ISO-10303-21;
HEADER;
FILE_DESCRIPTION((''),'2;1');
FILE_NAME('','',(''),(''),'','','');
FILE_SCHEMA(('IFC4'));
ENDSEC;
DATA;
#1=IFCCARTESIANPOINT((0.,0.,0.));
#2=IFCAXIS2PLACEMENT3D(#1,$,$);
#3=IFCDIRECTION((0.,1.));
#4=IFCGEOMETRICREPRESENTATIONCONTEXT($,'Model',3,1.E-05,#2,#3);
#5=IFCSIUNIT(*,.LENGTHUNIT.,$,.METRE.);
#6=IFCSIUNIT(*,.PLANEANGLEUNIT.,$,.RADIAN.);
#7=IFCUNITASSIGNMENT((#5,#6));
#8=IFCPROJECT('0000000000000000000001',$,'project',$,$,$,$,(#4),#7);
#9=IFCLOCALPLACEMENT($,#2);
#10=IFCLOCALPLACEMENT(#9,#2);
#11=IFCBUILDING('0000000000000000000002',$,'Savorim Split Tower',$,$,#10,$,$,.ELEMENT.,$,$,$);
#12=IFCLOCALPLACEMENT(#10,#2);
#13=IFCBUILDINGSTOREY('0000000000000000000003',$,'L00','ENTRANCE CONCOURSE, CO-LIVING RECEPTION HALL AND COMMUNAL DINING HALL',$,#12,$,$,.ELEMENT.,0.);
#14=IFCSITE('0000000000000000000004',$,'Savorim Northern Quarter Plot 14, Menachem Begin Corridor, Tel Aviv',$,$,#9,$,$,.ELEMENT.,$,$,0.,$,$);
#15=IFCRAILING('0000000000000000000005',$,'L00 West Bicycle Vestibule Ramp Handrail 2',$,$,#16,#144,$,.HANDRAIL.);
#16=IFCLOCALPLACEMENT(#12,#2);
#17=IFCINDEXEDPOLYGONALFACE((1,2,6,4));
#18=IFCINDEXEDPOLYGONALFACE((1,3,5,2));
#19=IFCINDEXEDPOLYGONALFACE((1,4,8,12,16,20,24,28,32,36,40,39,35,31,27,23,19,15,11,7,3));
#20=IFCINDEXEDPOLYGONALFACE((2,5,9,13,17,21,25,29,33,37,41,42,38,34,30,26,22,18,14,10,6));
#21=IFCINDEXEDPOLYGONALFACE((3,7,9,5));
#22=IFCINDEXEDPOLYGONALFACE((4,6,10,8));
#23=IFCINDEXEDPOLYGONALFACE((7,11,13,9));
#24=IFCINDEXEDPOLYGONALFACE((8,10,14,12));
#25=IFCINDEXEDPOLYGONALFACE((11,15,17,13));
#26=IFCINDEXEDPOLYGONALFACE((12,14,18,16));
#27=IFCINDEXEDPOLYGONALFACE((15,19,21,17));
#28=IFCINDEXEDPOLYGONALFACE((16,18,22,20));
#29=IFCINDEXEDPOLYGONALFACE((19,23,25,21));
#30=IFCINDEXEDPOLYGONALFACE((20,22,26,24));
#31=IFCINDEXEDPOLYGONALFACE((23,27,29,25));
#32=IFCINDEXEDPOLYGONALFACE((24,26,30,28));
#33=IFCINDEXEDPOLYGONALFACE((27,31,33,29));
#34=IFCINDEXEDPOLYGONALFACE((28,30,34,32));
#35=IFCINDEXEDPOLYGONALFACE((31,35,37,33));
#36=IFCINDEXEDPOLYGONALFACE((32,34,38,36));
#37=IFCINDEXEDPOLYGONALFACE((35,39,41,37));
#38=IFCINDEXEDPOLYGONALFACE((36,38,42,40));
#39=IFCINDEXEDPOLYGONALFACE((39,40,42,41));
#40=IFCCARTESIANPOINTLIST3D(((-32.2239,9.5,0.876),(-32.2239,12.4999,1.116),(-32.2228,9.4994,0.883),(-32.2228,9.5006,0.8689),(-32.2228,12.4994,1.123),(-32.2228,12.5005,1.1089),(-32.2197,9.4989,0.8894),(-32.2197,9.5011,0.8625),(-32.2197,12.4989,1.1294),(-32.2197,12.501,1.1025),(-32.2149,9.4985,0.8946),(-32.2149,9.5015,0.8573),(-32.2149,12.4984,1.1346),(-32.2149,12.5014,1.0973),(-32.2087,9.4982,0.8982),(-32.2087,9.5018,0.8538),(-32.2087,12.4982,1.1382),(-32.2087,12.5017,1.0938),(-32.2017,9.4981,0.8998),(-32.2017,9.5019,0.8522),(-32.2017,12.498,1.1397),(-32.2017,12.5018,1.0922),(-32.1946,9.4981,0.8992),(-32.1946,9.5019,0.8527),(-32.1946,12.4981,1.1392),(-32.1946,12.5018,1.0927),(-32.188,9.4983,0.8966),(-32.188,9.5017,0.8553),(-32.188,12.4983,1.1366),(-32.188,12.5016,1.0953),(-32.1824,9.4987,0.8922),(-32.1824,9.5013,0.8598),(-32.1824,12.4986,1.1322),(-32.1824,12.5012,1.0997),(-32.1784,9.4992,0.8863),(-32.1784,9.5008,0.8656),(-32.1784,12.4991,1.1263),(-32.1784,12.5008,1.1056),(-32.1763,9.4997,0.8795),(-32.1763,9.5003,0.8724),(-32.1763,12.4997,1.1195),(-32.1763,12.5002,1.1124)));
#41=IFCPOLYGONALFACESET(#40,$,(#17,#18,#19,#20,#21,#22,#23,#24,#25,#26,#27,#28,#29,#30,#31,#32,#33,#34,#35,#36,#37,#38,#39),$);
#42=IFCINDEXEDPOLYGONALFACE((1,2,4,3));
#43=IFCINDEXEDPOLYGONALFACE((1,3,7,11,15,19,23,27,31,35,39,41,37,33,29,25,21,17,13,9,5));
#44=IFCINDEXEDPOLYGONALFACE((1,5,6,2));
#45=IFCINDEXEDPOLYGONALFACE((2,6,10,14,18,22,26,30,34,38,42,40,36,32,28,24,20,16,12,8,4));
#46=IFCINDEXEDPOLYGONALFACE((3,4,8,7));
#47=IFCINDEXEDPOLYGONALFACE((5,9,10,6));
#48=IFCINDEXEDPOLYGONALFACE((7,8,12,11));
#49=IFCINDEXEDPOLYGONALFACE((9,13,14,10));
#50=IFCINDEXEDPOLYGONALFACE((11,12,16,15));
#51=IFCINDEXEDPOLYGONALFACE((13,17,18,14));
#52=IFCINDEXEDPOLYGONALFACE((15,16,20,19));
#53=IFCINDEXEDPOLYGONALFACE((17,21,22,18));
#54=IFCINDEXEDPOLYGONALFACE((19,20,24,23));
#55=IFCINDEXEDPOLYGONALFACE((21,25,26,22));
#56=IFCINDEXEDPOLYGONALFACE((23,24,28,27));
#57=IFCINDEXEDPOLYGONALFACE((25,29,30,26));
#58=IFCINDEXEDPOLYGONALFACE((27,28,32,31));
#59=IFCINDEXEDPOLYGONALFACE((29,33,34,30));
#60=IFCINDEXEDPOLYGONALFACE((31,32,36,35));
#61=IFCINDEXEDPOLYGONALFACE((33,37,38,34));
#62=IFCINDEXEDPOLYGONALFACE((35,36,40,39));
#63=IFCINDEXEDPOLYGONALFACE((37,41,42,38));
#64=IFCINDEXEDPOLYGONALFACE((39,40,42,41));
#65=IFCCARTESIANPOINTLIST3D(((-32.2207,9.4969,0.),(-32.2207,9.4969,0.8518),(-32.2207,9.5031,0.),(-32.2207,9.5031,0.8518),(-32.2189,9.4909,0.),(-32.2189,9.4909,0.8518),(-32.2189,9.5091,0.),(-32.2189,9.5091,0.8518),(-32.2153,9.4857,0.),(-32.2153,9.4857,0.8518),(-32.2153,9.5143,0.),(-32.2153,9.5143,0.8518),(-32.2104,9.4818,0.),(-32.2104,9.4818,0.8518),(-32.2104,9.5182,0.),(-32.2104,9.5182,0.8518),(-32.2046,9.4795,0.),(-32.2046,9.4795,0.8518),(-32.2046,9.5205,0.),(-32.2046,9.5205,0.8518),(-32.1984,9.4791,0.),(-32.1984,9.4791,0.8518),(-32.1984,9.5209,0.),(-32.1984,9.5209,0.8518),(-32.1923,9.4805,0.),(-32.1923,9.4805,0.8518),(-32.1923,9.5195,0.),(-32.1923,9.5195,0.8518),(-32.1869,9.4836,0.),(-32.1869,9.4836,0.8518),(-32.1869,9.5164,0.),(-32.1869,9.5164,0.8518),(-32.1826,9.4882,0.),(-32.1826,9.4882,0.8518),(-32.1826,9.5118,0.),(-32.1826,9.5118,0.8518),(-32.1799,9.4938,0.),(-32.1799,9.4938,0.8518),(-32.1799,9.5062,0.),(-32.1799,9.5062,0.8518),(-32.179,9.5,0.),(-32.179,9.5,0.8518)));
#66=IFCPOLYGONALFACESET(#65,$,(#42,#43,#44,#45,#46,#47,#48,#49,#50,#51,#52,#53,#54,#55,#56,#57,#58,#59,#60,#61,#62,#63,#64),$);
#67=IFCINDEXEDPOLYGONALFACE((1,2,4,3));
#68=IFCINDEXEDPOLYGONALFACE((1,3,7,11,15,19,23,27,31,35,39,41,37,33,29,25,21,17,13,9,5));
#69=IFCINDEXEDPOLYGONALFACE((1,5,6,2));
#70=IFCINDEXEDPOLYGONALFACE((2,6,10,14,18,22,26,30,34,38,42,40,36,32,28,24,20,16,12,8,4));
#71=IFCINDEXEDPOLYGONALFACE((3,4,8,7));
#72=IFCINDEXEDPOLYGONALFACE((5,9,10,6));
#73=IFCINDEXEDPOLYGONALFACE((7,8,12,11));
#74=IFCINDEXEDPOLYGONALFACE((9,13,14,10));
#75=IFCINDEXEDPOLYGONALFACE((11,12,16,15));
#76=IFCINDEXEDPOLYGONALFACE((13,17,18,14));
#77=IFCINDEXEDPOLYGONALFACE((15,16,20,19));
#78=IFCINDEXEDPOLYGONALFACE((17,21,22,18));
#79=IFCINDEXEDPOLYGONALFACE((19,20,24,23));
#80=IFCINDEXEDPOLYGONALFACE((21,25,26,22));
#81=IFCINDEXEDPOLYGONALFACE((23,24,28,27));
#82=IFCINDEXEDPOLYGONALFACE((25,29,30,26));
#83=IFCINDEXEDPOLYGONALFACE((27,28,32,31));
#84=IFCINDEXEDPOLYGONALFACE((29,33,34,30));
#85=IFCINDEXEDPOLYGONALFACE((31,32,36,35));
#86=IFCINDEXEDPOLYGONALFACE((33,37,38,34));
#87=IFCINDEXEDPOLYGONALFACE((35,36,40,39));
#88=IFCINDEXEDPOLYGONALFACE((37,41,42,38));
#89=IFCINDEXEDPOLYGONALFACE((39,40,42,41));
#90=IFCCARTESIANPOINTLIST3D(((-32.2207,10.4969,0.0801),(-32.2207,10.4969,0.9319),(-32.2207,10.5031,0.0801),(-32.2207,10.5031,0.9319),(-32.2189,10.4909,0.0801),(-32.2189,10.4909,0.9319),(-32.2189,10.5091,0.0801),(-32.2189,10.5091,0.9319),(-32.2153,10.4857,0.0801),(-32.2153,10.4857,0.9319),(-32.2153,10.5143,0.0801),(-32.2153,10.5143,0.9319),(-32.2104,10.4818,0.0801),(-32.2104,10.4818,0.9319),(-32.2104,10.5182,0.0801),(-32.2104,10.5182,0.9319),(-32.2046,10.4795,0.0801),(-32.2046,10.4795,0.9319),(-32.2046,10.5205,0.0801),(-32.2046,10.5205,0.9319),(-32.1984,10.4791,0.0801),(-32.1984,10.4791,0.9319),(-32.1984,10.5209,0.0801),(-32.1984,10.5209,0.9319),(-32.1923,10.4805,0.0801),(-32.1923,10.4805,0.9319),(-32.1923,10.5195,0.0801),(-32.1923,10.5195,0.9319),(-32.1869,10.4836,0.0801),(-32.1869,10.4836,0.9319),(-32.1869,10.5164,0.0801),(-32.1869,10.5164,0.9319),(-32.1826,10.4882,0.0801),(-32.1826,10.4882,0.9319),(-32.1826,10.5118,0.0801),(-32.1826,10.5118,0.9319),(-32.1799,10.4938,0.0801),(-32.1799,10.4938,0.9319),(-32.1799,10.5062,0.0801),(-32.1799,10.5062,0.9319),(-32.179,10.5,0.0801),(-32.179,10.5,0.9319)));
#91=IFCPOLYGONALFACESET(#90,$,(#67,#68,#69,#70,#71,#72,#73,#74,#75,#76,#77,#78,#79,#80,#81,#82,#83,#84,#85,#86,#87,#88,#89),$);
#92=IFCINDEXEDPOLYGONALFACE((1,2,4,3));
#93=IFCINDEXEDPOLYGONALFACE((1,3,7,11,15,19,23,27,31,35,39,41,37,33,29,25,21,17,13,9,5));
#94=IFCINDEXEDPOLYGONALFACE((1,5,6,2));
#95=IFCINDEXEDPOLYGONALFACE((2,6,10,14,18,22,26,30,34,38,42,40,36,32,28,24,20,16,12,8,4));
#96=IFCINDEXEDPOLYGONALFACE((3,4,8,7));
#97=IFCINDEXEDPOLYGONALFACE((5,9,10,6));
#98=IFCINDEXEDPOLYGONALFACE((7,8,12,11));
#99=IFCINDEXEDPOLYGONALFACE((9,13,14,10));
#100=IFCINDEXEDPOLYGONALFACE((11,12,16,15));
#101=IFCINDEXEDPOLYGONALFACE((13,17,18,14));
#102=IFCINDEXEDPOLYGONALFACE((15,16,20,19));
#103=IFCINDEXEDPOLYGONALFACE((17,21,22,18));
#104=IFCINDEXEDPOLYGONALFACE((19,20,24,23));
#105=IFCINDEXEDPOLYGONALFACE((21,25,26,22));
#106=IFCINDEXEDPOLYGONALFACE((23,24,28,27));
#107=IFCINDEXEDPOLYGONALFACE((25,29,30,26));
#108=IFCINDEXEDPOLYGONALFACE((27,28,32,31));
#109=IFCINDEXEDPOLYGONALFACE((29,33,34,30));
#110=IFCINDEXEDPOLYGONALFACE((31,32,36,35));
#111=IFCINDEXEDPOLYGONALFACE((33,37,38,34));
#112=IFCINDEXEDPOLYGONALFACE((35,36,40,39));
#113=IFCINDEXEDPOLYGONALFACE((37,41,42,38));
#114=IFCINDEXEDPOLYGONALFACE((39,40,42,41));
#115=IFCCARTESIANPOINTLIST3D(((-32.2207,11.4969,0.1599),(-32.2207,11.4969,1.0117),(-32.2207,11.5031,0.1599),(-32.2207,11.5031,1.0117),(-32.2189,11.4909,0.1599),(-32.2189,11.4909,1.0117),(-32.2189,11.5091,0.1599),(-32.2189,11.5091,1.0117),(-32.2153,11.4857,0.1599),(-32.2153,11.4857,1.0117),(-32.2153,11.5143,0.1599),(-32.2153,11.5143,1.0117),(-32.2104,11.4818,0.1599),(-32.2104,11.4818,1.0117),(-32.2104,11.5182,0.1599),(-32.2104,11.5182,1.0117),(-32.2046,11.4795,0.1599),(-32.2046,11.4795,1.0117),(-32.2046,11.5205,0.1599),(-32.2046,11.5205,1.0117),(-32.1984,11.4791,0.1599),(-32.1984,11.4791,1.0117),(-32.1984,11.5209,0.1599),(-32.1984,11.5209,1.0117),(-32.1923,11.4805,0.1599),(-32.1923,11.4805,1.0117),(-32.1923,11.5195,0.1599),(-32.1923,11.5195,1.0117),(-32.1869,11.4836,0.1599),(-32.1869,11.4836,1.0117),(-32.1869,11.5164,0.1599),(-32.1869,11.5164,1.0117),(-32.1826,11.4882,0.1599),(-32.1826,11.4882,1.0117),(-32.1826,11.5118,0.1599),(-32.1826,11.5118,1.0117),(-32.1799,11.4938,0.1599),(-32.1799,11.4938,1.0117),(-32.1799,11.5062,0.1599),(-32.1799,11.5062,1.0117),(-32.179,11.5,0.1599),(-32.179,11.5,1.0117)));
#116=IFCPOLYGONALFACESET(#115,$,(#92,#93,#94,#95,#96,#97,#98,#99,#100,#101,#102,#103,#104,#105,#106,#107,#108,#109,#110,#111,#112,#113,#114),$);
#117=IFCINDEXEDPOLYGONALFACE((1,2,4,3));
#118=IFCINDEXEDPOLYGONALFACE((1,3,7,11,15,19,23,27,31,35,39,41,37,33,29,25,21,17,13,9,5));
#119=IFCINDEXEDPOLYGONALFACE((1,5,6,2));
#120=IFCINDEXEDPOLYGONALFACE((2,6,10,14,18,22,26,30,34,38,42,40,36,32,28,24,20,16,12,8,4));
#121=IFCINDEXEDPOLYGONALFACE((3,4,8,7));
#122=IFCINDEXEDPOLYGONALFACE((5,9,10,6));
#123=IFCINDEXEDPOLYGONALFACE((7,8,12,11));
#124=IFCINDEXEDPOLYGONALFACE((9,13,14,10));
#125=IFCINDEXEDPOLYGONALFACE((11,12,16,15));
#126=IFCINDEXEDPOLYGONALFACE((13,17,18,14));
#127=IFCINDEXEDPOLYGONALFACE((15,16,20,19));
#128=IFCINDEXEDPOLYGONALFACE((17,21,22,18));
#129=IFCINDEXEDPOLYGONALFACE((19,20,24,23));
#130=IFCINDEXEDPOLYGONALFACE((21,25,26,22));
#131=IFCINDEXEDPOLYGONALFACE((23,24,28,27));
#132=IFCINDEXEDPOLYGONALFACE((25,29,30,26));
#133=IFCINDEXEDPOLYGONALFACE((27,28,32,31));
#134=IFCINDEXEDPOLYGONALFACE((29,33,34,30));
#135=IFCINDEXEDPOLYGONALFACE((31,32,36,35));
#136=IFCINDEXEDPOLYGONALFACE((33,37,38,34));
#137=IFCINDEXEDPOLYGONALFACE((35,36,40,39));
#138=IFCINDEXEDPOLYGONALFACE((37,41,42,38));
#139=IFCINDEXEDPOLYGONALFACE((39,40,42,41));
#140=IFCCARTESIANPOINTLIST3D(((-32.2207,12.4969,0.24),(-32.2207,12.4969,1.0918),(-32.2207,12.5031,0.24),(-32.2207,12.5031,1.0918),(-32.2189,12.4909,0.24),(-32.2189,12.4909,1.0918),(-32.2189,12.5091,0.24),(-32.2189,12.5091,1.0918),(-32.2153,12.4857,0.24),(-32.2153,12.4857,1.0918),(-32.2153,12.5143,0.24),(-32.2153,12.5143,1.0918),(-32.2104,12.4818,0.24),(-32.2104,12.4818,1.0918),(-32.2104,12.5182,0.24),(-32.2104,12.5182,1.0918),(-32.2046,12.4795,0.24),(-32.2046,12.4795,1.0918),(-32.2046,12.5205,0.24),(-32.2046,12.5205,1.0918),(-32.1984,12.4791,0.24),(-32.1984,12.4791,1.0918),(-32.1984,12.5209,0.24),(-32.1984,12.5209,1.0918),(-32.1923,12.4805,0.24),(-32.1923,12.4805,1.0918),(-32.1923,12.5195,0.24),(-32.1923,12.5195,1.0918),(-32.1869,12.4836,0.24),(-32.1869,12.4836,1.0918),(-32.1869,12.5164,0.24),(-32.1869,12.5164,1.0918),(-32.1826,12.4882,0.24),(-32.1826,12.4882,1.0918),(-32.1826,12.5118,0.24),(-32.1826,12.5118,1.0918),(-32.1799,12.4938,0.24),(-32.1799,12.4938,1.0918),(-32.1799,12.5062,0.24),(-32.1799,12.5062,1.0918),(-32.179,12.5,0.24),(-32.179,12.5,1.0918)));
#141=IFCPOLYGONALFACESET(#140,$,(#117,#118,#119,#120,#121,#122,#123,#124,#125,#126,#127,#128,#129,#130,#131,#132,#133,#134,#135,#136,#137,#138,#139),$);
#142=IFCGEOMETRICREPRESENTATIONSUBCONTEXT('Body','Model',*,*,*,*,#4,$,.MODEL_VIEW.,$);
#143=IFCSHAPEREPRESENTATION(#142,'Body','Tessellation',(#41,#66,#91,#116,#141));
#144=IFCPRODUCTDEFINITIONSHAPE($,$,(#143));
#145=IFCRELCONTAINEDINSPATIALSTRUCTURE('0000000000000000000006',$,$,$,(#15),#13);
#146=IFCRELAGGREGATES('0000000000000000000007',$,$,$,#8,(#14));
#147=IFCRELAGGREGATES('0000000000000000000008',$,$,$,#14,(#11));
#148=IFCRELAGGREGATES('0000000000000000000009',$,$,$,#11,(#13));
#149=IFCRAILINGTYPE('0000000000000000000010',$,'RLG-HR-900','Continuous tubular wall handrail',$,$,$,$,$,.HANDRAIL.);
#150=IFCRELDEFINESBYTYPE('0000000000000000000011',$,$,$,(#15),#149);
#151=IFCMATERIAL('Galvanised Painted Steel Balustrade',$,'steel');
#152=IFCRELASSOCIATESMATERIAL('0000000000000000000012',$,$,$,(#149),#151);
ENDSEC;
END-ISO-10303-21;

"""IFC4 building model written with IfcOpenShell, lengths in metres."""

from ifc_helpers import new_model, si_unit, direction, frame, origin, origin_2d, place, context, subcontext, project, spatial, circle, extrude, material, type_object, element, save


model = new_model("IFC4")

# Units and contexts
model_context = context("Model", 3, precision=1e-05, world=origin(), true_north=direction((0.0, 1.0)))
body_context = subcontext(model_context, "Body", "Model", "MODEL_VIEW")
ifc_project = project(units=[si_unit("LENGTHUNIT", "METRE"), si_unit("PLANEANGLEUNIT", "RADIAN")], contexts=[model_context])

# Site, building, storey
site_placement = place(None, origin())
site = spatial("IfcSite", under=ifc_project, at=site_placement, Name="Savorim Northern Quarter Plot 14, Menachem Begin Corridor, Tel Aviv", CompositionType="ELEMENT", RefElevation=0.0)
building_placement = place(site_placement, origin())
building = spatial("IfcBuilding", under=site, at=building_placement, Name="Savorim Split Tower", CompositionType="ELEMENT")
storey_placement = place(building_placement, origin())
storey = spatial("IfcBuildingStorey", under=building, at=storey_placement, Name="L00", Description="ENTRANCE CONCOURSE, CO-LIVING RECEPTION HALL AND COMMUNAL DINING HALL", CompositionType="ELEMENT", Elevation=0.0)

# Railing
ifc_material_1 = material(Name="Galvanised Painted Steel Balustrade", Category="steel")
railing_type = type_object("IfcRailingType", Name="RLG-HR-900", Description="Continuous tubular wall handrail", PredefinedType="HANDRAIL", material=ifc_material_1)
for number, where, name in (
    (1, (-32.2, 9.5, 0.0), "L00 West Bicycle Vestibule Ramp Handrail 2"),
):
    element("IfcRailing", number, at=place(storey_placement, frame(where)), inside=storey, type_object=railing_type, Name=name, PredefinedType="HANDRAIL", context=body_context, shape_type="SweptSolid", body=[
        extrude(circle(Radius=0.0239, at=origin_2d()), frame((0.0, 0.0, 0.876), z_axis=(0.0, 0.996816, 0.079742), x_axis=(-1.0, 0.0, 0.0)), (0.0, 0.0, 1.0), 3.0095),
        extrude(circle(Radius=0.021, at=origin_2d()), origin(), (0.0, 0.0, 1.0), 0.8518),
        extrude(circle(Radius=0.021, at=origin_2d()), frame((0.0, 1.0, 0.0801)), (0.0, 0.0, 1.0), 0.8518),
        extrude(circle(Radius=0.021, at=origin_2d()), frame((0.0, 2.0, 0.1599)), (0.0, 0.0, 1.0), 0.8518),
        extrude(circle(Radius=0.021, at=origin_2d()), frame((0.0, 3.0, 0.24)), (0.0, 0.0, 1.0), 0.8518),
    ])

save(model, "model.ifc")
